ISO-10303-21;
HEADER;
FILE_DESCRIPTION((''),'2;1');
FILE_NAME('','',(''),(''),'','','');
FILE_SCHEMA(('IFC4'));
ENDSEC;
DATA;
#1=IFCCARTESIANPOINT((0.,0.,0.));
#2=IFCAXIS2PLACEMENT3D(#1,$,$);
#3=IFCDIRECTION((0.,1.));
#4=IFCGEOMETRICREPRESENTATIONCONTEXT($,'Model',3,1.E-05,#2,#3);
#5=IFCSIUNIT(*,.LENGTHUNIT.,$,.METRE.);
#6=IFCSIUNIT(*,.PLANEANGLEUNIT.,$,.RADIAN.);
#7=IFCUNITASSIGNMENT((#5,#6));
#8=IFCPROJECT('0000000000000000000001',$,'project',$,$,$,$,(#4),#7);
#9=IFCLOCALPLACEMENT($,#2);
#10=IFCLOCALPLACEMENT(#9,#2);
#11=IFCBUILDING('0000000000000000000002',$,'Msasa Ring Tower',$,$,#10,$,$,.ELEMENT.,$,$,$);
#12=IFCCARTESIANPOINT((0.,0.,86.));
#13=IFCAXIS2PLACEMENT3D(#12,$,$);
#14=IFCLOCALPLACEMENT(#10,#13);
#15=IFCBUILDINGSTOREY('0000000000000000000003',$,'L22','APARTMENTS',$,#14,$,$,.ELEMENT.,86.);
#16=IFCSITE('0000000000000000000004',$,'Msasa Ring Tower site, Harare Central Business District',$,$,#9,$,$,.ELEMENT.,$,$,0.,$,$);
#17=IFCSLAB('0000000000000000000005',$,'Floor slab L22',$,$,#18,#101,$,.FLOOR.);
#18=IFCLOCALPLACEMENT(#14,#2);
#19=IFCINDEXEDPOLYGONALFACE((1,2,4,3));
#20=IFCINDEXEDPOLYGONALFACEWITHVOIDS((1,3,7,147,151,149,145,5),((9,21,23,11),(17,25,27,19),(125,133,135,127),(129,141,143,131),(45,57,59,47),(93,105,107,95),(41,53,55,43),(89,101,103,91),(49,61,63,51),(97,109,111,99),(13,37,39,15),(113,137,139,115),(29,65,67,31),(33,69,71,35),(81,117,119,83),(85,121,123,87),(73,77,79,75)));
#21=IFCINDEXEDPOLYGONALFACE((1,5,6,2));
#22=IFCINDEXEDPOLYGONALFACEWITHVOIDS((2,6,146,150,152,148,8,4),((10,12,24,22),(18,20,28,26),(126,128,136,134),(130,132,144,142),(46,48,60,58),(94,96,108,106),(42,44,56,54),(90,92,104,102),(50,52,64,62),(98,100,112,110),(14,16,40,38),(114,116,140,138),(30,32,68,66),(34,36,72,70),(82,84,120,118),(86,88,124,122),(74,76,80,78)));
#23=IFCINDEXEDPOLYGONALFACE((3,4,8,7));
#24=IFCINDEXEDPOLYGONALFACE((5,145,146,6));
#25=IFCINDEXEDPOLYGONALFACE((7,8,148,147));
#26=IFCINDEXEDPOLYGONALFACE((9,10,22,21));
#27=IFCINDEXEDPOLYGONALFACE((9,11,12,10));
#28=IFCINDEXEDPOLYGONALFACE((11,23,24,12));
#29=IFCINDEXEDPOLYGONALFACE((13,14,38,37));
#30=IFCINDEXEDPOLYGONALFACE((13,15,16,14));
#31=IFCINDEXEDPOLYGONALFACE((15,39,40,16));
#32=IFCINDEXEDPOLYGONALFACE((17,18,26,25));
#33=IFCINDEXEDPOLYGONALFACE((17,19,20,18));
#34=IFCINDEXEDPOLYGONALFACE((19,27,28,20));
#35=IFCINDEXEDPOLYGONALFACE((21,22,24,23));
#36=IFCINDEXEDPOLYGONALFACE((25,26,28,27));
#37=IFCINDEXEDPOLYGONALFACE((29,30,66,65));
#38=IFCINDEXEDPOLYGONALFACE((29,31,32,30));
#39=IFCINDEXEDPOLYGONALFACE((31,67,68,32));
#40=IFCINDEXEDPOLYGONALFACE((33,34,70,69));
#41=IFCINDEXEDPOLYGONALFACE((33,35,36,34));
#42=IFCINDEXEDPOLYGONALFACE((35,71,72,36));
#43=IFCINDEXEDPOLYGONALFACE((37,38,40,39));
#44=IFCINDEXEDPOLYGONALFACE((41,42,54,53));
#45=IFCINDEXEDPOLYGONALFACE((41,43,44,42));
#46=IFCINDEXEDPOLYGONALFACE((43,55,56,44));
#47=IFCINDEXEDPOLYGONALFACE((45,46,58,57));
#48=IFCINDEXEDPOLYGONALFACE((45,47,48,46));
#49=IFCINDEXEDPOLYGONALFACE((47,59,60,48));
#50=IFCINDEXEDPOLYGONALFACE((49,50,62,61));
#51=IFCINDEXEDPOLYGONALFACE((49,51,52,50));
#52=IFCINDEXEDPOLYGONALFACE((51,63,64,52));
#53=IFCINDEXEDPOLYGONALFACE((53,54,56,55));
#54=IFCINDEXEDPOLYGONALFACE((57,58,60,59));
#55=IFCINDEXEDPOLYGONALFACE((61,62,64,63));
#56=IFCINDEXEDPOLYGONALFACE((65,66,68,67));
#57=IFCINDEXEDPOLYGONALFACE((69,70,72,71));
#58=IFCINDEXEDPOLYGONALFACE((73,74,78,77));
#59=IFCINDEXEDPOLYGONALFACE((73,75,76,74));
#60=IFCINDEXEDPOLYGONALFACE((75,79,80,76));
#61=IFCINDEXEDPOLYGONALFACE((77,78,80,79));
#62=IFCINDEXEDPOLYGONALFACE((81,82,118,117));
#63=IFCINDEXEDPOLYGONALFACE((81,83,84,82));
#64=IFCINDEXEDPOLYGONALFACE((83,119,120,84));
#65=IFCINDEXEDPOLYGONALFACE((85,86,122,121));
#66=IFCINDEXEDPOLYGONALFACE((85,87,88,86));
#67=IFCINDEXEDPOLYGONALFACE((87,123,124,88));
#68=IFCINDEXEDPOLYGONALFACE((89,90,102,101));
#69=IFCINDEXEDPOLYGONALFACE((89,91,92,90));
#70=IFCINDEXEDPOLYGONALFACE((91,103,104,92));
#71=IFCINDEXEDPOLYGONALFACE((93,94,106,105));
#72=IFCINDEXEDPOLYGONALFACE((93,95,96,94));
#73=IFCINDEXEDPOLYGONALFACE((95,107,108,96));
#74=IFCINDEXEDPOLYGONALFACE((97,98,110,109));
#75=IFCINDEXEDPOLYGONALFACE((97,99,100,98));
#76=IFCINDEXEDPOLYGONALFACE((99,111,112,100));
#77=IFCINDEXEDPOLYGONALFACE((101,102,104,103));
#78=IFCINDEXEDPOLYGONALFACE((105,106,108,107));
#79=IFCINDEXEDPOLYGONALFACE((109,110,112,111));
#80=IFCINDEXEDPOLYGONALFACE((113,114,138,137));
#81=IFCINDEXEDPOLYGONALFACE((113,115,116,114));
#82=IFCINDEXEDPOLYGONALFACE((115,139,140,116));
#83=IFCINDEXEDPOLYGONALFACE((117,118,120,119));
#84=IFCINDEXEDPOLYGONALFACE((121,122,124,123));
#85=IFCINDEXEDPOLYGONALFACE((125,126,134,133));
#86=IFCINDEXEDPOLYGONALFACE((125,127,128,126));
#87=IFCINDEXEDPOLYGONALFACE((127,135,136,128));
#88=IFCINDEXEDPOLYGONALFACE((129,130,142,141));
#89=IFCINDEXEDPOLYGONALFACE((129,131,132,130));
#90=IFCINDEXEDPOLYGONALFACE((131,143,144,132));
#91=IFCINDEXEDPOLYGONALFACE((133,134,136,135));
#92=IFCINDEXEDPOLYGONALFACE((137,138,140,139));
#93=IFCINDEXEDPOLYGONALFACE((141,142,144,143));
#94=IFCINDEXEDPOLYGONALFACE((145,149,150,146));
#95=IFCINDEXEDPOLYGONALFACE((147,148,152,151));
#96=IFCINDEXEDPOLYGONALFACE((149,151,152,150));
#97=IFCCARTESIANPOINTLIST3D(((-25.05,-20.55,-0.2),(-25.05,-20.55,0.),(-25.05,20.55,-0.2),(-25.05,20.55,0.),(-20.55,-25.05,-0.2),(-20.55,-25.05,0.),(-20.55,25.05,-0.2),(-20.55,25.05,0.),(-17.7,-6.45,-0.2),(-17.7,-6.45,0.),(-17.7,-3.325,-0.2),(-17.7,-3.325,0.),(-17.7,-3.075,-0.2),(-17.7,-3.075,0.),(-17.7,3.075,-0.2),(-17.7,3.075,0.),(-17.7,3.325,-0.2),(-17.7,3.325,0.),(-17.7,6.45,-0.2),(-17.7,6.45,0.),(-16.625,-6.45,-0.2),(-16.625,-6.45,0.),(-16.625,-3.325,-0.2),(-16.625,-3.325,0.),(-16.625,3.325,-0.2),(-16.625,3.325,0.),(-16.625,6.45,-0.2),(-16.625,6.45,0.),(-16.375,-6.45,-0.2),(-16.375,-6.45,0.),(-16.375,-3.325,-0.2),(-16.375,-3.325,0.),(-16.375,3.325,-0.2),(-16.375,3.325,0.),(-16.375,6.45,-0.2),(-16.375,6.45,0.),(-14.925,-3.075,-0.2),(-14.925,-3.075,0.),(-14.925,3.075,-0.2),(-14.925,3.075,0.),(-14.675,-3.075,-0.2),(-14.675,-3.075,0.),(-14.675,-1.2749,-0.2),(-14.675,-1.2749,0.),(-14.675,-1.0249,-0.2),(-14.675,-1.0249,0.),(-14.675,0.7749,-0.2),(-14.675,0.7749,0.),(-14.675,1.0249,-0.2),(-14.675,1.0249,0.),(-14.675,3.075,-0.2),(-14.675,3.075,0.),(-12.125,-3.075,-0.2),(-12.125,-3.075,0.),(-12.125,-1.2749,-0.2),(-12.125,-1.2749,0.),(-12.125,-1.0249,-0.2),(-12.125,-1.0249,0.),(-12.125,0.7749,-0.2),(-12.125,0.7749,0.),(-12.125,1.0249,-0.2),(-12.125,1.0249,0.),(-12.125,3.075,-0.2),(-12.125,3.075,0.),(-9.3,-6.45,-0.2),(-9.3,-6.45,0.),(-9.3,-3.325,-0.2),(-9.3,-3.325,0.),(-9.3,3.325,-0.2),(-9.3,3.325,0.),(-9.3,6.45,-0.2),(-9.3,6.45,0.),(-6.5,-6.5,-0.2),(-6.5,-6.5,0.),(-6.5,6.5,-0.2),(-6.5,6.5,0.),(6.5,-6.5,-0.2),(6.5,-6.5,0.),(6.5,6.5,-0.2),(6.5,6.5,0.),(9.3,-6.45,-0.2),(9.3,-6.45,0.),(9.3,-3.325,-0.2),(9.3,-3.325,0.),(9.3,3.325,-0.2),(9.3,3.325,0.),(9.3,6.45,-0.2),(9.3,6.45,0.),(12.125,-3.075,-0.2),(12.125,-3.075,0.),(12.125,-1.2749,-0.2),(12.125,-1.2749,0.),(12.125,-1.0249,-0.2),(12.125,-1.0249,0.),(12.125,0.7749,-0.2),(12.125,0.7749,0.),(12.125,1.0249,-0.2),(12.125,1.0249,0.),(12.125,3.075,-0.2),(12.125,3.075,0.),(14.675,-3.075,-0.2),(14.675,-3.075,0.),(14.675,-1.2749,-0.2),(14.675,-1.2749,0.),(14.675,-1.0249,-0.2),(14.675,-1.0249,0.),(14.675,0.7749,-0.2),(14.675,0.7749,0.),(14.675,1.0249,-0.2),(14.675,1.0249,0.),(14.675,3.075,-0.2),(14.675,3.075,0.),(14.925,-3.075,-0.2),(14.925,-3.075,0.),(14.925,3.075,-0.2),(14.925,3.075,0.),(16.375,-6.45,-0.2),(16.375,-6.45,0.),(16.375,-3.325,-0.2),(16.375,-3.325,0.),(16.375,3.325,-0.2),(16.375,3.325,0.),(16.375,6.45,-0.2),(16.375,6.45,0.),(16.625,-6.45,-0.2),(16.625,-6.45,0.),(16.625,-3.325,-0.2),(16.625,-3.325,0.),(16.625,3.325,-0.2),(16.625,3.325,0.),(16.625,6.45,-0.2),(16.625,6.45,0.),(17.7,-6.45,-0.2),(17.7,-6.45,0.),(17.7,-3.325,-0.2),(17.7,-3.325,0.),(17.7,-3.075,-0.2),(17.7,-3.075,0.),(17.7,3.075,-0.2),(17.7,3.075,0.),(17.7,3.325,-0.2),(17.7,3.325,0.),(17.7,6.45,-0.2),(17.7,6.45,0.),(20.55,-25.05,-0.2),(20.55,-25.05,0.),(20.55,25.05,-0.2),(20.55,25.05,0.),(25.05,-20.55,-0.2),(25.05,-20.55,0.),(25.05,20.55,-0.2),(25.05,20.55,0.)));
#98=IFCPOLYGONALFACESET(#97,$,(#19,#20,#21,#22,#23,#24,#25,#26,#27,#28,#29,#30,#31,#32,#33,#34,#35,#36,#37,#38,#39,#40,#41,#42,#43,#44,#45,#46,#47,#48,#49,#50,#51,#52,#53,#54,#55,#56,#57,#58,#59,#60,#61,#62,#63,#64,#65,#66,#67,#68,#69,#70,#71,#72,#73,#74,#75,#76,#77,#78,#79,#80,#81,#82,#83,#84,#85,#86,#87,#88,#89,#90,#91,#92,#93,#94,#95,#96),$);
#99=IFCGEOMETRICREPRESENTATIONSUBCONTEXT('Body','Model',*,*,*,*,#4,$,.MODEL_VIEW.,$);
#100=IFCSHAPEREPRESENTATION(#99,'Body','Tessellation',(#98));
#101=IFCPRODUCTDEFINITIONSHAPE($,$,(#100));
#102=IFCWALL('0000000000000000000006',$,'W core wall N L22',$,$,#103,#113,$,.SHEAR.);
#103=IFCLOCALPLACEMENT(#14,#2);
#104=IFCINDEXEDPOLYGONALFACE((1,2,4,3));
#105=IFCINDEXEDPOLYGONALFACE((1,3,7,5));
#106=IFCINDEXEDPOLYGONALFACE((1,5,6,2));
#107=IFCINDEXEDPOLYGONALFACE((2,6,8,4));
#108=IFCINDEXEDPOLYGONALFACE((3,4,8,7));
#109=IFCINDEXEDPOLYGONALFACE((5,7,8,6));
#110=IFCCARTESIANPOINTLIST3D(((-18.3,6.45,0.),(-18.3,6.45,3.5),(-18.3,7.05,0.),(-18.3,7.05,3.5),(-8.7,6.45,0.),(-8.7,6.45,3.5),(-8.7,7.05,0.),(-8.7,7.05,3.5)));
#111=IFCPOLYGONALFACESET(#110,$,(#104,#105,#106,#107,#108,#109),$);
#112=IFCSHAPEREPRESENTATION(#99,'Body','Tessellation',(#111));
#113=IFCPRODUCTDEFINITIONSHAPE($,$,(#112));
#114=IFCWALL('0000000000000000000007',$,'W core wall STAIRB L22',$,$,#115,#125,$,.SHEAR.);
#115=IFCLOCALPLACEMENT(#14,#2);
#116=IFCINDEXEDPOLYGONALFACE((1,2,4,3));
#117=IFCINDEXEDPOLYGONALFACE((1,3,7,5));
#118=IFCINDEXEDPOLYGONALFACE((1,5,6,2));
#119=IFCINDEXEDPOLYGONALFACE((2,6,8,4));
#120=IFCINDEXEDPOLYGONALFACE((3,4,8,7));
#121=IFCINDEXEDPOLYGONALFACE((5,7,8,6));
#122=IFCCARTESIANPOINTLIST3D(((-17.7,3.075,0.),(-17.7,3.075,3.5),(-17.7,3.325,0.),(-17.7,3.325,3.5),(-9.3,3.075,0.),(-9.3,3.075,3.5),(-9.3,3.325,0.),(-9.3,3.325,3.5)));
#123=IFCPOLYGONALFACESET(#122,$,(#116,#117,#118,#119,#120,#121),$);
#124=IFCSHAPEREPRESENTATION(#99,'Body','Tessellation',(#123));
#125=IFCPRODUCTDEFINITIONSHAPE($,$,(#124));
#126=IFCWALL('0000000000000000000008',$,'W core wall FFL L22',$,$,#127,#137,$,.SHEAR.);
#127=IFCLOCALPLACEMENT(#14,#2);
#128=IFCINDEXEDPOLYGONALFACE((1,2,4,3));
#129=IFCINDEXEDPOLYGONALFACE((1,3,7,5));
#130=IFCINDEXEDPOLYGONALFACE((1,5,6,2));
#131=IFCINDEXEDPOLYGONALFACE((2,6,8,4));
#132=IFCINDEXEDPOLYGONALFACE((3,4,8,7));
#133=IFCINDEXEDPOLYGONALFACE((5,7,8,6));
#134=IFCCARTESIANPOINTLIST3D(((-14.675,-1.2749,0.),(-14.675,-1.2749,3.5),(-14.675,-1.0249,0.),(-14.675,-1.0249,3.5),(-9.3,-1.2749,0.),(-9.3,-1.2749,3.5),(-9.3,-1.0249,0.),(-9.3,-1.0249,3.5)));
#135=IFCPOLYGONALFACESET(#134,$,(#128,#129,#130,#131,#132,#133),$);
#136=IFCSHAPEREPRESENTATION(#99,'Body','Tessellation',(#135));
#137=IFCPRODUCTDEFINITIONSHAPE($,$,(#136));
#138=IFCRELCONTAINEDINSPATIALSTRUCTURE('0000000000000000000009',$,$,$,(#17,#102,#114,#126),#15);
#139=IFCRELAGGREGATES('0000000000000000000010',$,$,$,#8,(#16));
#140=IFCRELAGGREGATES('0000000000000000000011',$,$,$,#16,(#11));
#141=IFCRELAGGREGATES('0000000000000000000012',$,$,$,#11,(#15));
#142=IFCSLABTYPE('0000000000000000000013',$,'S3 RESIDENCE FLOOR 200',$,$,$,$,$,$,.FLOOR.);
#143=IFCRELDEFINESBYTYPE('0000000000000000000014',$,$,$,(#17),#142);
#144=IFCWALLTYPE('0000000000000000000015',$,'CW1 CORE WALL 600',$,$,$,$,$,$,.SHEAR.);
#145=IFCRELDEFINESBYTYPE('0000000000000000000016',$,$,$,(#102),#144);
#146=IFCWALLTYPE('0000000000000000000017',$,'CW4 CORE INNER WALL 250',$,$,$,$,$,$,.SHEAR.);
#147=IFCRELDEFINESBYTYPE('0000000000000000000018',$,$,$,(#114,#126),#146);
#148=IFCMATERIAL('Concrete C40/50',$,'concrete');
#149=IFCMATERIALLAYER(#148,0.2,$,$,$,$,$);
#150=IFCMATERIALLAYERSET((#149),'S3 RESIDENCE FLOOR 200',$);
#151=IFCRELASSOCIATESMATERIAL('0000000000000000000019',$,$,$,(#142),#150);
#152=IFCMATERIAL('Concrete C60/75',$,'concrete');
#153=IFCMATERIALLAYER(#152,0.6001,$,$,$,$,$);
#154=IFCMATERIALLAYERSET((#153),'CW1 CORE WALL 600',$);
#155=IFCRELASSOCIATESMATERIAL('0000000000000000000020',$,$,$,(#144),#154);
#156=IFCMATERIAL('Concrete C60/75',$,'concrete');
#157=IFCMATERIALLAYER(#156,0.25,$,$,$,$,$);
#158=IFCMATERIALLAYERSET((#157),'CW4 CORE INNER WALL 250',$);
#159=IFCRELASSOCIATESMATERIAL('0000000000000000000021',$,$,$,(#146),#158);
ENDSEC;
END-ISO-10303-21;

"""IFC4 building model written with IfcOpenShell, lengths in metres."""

from ifc_helpers import new_model, si_unit, direction, frame, frame_2d, origin, place, context, subcontext, project, spatial, polyline, rectangle, outline, extrude, material, layer, layer_set, type_object, element, save


model = new_model("IFC4")

# Units and contexts
model_context = context("Model", 3, precision=1e-05, world=origin(), true_north=direction((0.0, 1.0)))
body_context = subcontext(model_context, "Body", "Model", "MODEL_VIEW")
ifc_project = project(units=[si_unit("LENGTHUNIT", "METRE"), si_unit("PLANEANGLEUNIT", "RADIAN")], contexts=[model_context])

# Site, building, storey
site_placement = place(None, origin())
site = spatial("IfcSite", under=ifc_project, at=site_placement, Name="Msasa Ring Tower site, Harare Central Business District", CompositionType="ELEMENT", RefElevation=0.0)
building_placement = place(site_placement, origin())
building = spatial("IfcBuilding", under=site, at=building_placement, Name="Msasa Ring Tower", CompositionType="ELEMENT")
storey_placement = place(building_placement, frame((0.0, 0.0, 86.0)))
storey = spatial("IfcBuildingStorey", under=building, at=storey_placement, Name="L22", Description="APARTMENTS", CompositionType="ELEMENT", Elevation=86.0)

# Slab
ifc_material_1 = material(Name="Concrete C40/50", Category="concrete")
ifc_layer_1 = layer(ifc_material_1, 0.2)
ifc_layer_set_1 = layer_set([ifc_layer_1], Name="S3 RESIDENCE FLOOR 200")
slab_type = type_object("IfcSlabType", Name="S3 RESIDENCE FLOOR 200", PredefinedType="FLOOR", material=ifc_layer_set_1)
slab_placement = place(storey_placement, frame((0.0, 0.0, -0.2)))
element("IfcSlab", 1, at=slab_placement, inside=storey, type_object=slab_type, Name="Floor slab L22", PredefinedType="FLOOR", context=body_context, shape_type="SweptSolid", body=[
    extrude(outline(polyline([(-20.55, -25.05), (20.55, -25.05), (25.05, -20.55), (25.05, 20.55), (20.55, 25.05), (-20.55, 25.05), (-25.05, 20.55), (-25.05, -20.55), (-20.55, -25.05)]), holes=[polyline([(-6.5, -6.5), (6.5, -6.5), (6.5, 6.5), (-6.5, 6.5), (-6.5, -6.5)]), polyline([(9.3, -6.45), (16.375, -6.45), (16.375, -3.325), (9.3, -3.325), (9.3, -6.45)]), polyline([(9.3, 3.325), (16.375, 3.325), (16.375, 6.45), (9.3, 6.45), (9.3, 3.325)]), polyline([(12.125, -3.075), (14.675, -3.075), (14.675, -1.2749), (12.125, -1.2749), (12.125, -3.075)]), polyline([(12.125, -1.0249), (14.675, -1.0249), (14.675, 0.7749), (12.125, 0.7749), (12.125, -1.0249)]), polyline([(12.125, 1.0249), (14.675, 1.0249), (14.675, 3.075), (12.125, 3.075), (12.125, 1.0249)]), polyline([(16.625, -6.45), (17.7, -6.45), (17.7, -3.325), (16.625, -3.325), (16.625, -6.45)]), polyline([(16.625, 3.325), (17.7, 3.325), (17.7, 6.45), (16.625, 6.45), (16.625, 3.325)]), polyline([(14.925, -3.075), (17.7, -3.075), (17.7, 3.075), (14.925, 3.075), (14.925, -3.075)]), polyline([(-16.375, -6.45), (-9.3, -6.45), (-9.3, -3.325), (-16.375, -3.325), (-16.375, -6.45)]), polyline([(-16.375, 3.325), (-9.3, 3.325), (-9.3, 6.45), (-16.375, 6.45), (-16.375, 3.325)]), polyline([(-14.675, -3.075), (-12.125, -3.075), (-12.125, -1.2749), (-14.675, -1.2749), (-14.675, -3.075)]), polyline([(-14.675, -1.0249), (-12.125, -1.0249), (-12.125, 0.7749), (-14.675, 0.7749), (-14.675, -1.0249)]), polyline([(-14.675, 1.0249), (-12.125, 1.0249), (-12.125, 3.075), (-14.675, 3.075), (-14.675, 1.0249)]), polyline([(-17.7, -6.45), (-16.625, -6.45), (-16.625, -3.325), (-17.7, -3.325), (-17.7, -6.45)]), polyline([(-17.7, 3.325), (-16.625, 3.325), (-16.625, 6.45), (-17.7, 6.45), (-17.7, 3.325)]), polyline([(-17.7, -3.075), (-14.925, -3.075), (-14.925, 3.075), (-17.7, 3.075), (-17.7, -3.075)])]), origin(), (0.0, 0.0, 1.0), 0.2),
])

# Walls
ifc_material_2 = material(Name="Concrete C60/75", Category="concrete")
ifc_layer_2 = layer(ifc_material_2, 0.6001)
ifc_layer_set_2 = layer_set([ifc_layer_2], Name="CW1 CORE WALL 600")
wall_type_1 = type_object("IfcWallType", Name="CW1 CORE WALL 600", PredefinedType="SHEAR", material=ifc_layer_set_2)
wall_1_placement = place(storey_placement, frame((-8.7, 6.75, 0.0), z_axis=(0.0, 0.0, 1.0), x_axis=(-1.0, 0.0, 0.0)))
element("IfcWall", 2, at=wall_1_placement, inside=storey, type_object=wall_type_1, Name="W core wall N L22", PredefinedType="SHEAR", context=body_context, shape_type="SweptSolid", body=[
    extrude(rectangle(XDim=9.6001, YDim=0.6001, at=frame_2d((4.8, 0.0))), origin(), (0.0, 0.0, 1.0), 3.5),
])
ifc_material_3 = material(Name="Concrete C60/75", Category="concrete")
ifc_layer_3 = layer(ifc_material_3, 0.25)
ifc_layer_set_3 = layer_set([ifc_layer_3], Name="CW4 CORE INNER WALL 250")
wall_type_2 = type_object("IfcWallType", Name="CW4 CORE INNER WALL 250", PredefinedType="SHEAR", material=ifc_layer_set_3)
wall_2_placement = place(storey_placement, frame((-9.3, 3.2, 0.0), z_axis=(0.0, 0.0, 1.0), x_axis=(-1.0, 0.0, 0.0)))
element("IfcWall", 3, at=wall_2_placement, inside=storey, type_object=wall_type_2, Name="W core wall STAIRB L22", PredefinedType="SHEAR", context=body_context, shape_type="SweptSolid", body=[
    extrude(rectangle(XDim=8.3999, YDim=0.25, at=frame_2d((4.2, 0.0))), origin(), (0.0, 0.0, 1.0), 3.5),
])
wall_3_placement = place(storey_placement, frame((-9.3, -1.1499, 0.0), z_axis=(0.0, 0.0, 1.0), x_axis=(-1.0, 0.0, 0.0)))
element("IfcWall", 4, at=wall_3_placement, inside=storey, type_object=wall_type_2, Name="W core wall FFL L22", PredefinedType="SHEAR", context=body_context, shape_type="SweptSolid", body=[
    extrude(rectangle(XDim=5.375, YDim=0.25, at=frame_2d((2.6875, 0.0))), origin(), (0.0, 0.0, 1.0), 3.5),
])

save(model, "model.ifc")
